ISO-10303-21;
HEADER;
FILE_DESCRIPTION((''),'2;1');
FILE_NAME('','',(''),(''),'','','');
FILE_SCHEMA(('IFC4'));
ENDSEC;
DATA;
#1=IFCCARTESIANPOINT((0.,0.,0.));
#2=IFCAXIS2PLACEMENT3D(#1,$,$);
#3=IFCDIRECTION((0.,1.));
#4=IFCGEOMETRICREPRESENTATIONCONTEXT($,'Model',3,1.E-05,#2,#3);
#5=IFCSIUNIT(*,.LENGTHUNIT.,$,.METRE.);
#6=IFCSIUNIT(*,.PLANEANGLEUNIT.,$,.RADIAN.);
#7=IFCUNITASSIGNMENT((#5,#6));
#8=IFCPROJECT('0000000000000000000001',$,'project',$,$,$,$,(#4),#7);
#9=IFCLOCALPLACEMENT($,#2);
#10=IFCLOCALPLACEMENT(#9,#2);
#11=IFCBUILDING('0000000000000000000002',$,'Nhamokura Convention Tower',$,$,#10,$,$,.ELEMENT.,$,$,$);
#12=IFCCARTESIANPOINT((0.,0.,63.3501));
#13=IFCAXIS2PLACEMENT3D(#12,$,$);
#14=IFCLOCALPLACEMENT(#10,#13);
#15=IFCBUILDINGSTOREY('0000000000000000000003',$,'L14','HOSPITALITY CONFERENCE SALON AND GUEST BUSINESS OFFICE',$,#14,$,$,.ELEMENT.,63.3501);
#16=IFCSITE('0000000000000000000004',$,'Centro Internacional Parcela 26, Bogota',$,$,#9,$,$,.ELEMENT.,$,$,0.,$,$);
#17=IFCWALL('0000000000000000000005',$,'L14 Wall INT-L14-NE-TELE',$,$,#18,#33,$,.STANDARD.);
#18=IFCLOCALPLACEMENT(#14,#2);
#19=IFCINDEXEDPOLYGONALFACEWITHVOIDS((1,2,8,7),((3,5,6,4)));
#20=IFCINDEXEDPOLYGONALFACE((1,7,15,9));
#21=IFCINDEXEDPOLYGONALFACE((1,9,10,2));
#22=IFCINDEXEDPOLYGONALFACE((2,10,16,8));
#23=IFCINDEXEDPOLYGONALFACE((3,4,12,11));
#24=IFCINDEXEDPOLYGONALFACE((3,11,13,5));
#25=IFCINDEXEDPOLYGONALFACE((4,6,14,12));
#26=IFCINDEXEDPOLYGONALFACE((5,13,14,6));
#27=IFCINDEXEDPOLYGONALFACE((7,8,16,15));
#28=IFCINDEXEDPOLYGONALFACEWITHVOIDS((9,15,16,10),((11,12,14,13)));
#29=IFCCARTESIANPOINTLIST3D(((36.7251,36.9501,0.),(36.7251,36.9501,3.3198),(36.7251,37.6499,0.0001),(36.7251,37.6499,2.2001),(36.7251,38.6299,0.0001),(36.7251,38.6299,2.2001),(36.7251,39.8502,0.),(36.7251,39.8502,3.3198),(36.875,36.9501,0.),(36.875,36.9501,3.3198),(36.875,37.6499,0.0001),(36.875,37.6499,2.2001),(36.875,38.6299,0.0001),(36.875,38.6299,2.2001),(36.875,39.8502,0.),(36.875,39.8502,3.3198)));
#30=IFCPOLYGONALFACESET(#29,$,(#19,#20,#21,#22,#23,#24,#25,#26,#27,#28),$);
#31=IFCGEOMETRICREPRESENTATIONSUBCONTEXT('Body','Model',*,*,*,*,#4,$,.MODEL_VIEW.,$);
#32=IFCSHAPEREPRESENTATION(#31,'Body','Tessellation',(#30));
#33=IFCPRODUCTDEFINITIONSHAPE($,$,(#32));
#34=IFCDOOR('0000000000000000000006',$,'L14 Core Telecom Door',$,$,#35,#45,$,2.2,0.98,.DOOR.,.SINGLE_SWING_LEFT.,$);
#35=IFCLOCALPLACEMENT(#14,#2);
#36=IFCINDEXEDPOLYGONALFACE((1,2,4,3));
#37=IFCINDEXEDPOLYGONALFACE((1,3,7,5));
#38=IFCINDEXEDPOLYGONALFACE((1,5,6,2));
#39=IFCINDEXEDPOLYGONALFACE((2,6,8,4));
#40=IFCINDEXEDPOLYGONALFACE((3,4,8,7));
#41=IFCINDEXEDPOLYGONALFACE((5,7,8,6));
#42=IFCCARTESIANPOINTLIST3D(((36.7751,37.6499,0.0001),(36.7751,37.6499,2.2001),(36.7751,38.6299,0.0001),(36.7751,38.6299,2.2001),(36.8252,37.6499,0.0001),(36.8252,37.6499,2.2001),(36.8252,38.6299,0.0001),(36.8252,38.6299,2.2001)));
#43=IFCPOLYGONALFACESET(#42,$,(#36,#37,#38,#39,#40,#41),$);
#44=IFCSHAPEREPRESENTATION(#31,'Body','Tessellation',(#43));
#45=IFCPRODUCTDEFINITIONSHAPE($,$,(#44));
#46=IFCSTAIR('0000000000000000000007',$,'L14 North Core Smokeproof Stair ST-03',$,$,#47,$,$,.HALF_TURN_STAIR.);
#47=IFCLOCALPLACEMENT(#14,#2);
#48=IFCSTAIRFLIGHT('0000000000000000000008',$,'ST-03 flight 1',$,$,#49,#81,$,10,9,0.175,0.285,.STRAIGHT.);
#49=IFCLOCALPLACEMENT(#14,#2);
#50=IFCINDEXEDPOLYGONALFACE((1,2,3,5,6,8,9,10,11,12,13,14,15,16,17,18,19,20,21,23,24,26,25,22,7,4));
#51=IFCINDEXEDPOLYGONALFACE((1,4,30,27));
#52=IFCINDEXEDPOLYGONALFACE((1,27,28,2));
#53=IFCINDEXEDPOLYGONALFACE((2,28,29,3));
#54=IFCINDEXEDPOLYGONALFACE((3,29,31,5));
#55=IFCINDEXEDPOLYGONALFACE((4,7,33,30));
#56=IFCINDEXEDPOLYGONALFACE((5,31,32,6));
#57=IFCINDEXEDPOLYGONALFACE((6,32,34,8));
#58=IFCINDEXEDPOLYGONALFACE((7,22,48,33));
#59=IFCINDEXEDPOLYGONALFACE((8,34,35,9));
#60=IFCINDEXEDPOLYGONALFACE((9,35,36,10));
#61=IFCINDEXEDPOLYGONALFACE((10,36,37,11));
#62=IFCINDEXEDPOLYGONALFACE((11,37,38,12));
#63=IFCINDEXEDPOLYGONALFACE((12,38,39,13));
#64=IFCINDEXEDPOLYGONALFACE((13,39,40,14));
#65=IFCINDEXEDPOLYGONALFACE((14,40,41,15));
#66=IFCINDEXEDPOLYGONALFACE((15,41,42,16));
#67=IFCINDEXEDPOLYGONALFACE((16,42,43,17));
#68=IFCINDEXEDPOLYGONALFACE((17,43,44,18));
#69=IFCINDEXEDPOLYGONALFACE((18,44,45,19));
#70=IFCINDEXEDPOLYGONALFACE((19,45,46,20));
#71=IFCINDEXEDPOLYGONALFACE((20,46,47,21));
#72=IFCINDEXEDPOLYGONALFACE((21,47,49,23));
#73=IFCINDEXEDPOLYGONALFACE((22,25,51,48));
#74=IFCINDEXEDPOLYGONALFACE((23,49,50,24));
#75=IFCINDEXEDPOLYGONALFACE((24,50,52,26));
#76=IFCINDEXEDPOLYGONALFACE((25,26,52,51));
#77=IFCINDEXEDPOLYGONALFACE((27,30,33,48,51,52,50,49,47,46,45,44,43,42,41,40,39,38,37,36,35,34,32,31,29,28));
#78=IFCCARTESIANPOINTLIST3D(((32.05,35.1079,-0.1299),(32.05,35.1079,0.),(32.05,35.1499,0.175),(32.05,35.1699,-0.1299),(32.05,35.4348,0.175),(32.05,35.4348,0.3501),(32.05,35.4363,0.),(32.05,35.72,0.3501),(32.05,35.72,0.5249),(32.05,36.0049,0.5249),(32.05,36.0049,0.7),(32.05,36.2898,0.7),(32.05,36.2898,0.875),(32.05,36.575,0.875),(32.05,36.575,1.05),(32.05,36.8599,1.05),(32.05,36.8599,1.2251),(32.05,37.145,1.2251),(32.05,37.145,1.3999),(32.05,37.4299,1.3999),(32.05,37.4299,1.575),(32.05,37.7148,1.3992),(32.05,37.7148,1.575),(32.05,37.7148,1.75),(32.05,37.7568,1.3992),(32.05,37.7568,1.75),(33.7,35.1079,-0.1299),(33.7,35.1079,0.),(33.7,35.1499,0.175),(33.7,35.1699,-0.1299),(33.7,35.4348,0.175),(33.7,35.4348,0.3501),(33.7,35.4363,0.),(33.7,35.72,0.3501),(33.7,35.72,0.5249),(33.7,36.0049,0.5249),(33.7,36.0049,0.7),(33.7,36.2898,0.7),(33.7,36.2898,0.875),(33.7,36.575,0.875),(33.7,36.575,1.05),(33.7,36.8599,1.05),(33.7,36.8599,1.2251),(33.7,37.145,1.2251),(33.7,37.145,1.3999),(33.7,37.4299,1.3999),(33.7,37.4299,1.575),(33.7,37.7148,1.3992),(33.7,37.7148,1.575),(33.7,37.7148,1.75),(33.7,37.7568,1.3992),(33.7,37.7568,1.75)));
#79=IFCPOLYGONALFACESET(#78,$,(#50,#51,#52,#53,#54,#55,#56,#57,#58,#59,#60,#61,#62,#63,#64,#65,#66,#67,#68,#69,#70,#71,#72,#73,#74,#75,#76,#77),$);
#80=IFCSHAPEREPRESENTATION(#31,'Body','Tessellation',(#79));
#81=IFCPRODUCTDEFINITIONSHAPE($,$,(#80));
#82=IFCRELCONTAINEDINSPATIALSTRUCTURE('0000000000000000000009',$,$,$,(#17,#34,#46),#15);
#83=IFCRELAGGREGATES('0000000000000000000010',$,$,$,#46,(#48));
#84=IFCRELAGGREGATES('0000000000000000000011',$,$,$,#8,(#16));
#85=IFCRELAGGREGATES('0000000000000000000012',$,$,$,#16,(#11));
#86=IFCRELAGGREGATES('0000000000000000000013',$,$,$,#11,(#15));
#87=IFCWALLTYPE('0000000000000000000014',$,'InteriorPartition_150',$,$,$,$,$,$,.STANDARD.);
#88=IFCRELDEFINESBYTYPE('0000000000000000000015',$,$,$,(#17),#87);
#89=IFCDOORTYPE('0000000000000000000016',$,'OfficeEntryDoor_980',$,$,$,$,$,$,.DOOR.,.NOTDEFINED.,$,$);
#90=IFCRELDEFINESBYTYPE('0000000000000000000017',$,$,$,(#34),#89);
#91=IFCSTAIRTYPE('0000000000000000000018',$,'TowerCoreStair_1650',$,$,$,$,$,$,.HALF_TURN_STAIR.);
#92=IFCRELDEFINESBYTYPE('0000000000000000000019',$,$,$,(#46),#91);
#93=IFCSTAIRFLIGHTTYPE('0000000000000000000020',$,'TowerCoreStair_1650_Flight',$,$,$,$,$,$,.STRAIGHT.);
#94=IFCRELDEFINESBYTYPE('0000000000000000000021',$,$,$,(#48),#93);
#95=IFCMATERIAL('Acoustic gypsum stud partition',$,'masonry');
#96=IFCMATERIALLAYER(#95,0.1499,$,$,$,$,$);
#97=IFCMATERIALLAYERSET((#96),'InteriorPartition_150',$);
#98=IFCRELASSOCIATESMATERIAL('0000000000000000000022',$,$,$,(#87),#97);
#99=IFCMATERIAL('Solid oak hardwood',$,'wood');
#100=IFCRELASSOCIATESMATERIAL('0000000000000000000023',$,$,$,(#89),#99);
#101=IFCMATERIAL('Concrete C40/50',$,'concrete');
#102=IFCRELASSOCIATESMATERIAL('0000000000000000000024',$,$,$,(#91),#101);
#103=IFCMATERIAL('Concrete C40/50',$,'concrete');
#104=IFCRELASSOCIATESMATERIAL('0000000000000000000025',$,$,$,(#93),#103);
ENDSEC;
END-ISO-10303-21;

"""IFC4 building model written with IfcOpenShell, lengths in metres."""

from ifc_helpers import new_model, si_unit, direction, frame, frame_2d, origin, place, context, subcontext, project, spatial, polyline, rectangle, outline, extrude, material, layer, layer_set, type_object, element, fill, aggregate, save


model = new_model("IFC4")

# Units and contexts
model_context = context("Model", 3, precision=1e-05, world=origin(), true_north=direction((0.0, 1.0)))
body_context = subcontext(model_context, "Body", "Model", "MODEL_VIEW")
ifc_project = project(units=[si_unit("LENGTHUNIT", "METRE"), si_unit("PLANEANGLEUNIT", "RADIAN")], contexts=[model_context])

# Site, building, storey
site_placement = place(None, origin())
site = spatial("IfcSite", under=ifc_project, at=site_placement, Name="Centro Internacional Parcela 26, Bogota", CompositionType="ELEMENT", RefElevation=0.0)
building_placement = place(site_placement, origin())
building = spatial("IfcBuilding", under=site, at=building_placement, Name="Nhamokura Convention Tower", CompositionType="ELEMENT")
storey_placement = place(building_placement, frame((0.0, 0.0, 63.3501)))
storey = spatial("IfcBuildingStorey", under=building, at=storey_placement, Name="L14", Description="HOSPITALITY CONFERENCE SALON AND GUEST BUSINESS OFFICE", CompositionType="ELEMENT", Elevation=63.3501)

# Shared definitions
ifc_material_1 = material(Name="Acoustic gypsum stud partition", Category="masonry")
ifc_layer_1 = layer(ifc_material_1, 0.1499)
ifc_layer_set_1 = layer_set([ifc_layer_1], Name="InteriorPartition_150")
wall_type_1 = type_object("IfcWallType", Name="InteriorPartition_150", PredefinedType="STANDARD", material=ifc_layer_set_1)

# Wall, opening, door
wall_1_placement = place(storey_placement, frame((36.8, 36.95, 0.0), z_axis=(0.0, 0.0, 1.0), x_axis=(0.0, 1.0, 0.0)))
wall_1 = element("IfcWall", 1, at=wall_1_placement, inside=storey, type_object=wall_type_1, Name="L14 Wall INT-L14-NE-TELE", PredefinedType="STANDARD", context=body_context, shape_type="SweptSolid", body=[
    extrude(rectangle(XDim=2.9001, YDim=0.1499, at=frame_2d((1.4502, 0.0))), origin(), (0.0, 0.0, 1.0), 3.3198),
])
opening_1_placement = place(wall_1_placement, frame((0.7, 0.0, 0.0)))
opening_1 = element("IfcOpeningElement", 2, at=opening_1_placement, cuts=wall_1, PredefinedType="OPENING", context=body_context, shape_type="SweptSolid", body=[
    extrude(rectangle(XDim=0.98, YDim=2.2, at=frame_2d((0.49, 1.1001))), frame((0.0, 0.085, 0.0), z_axis=(0.0, -1.0, 0.0), x_axis=(1.0, 0.0, 0.0)), (0.0, 0.0, 1.0), 0.1699),
])
ifc_material_2 = material(Name="Solid oak hardwood", Category="wood")
door_type_1 = type_object("IfcDoorType", Name="OfficeEntryDoor_980", OperationType="NOTDEFINED", PredefinedType="DOOR", material=ifc_material_2)
door_1_placement = place(opening_1_placement, origin())
door_1 = element("IfcDoor", 3, at=door_1_placement, inside=storey, type_object=door_type_1, Name="L14 Core Telecom Door", OperationType="SINGLE_SWING_LEFT", OverallHeight=2.2, OverallWidth=0.98, PredefinedType="DOOR", context=body_context, shape_type="SweptSolid", body=[
    extrude(rectangle(XDim=0.98, YDim=2.2, at=frame_2d((0.49, 1.1001))), frame((0.0, 0.0249, 0.0), z_axis=(0.0, -1.0, 0.0), x_axis=(1.0, 0.0, 0.0)), (0.0, 0.0, 1.0), 0.05),
])
fill(opening_1, door_1)

# Stair, stair flight
ifc_material_3 = material(Name="Concrete C40/50", Category="concrete")
stair_type = type_object("IfcStairType", Name="TowerCoreStair_1650", PredefinedType="HALF_TURN_STAIR", material=ifc_material_3)
stair_placement = place(storey_placement, origin())
stair = element("IfcStair", 4, at=stair_placement, inside=storey, type_object=stair_type, Name="L14 North Core Smokeproof Stair ST-03", PredefinedType="HALF_TURN_STAIR")
ifc_material_4 = material(Name="Concrete C40/50", Category="concrete")
stair_flight_type = type_object("IfcStairFlightType", Name="TowerCoreStair_1650_Flight", PredefinedType="STRAIGHT", material=ifc_material_4)
stair_flight_placement = place(storey_placement, frame((32.875, 35.1499, 0.0), z_axis=(0.0, 0.0, 1.0), x_axis=(0.0, 1.0, 0.0)))
stair_flight = element("IfcStairFlight", 5, at=stair_flight_placement, type_object=stair_flight_type, Name="ST-03 flight 1", NumberOfRisers=10, NumberOfTreads=9, PredefinedType="STRAIGHT", RiserHeight=0.175, TreadLength=0.285, context=body_context, shape_type="SweptSolid", body=[
    extrude(outline(polyline([(-0.042, 0.0), (0.0, 0.175), (0.2849, 0.175), (0.2849, 0.3501), (0.5701, 0.3501), (0.5701, 0.5249), (0.855, 0.5249), (0.855, 0.7), (1.1399, 0.7), (1.1399, 0.875), (1.425, 0.875), (1.425, 1.05), (1.71, 1.05), (1.71, 1.2251), (1.9951, 1.2251), (1.9951, 1.3999), (2.28, 1.3999), (2.28, 1.575), (2.5649, 1.575), (2.5649, 1.75), (2.6069, 1.75), (2.6069, 1.3992), (2.5649, 1.3992), (0.2864, 0.0), (0.02, -0.1299), (-0.042, -0.1299), (-0.042, 0.0)])), frame((0.0, 0.825, 0.0), z_axis=(0.0, -1.0, 0.0), x_axis=(1.0, 0.0, 0.0)), (0.0, 0.0, 1.0), 1.6499),
])
aggregate(stair, [stair_flight])

save(model, "model.ifc")
